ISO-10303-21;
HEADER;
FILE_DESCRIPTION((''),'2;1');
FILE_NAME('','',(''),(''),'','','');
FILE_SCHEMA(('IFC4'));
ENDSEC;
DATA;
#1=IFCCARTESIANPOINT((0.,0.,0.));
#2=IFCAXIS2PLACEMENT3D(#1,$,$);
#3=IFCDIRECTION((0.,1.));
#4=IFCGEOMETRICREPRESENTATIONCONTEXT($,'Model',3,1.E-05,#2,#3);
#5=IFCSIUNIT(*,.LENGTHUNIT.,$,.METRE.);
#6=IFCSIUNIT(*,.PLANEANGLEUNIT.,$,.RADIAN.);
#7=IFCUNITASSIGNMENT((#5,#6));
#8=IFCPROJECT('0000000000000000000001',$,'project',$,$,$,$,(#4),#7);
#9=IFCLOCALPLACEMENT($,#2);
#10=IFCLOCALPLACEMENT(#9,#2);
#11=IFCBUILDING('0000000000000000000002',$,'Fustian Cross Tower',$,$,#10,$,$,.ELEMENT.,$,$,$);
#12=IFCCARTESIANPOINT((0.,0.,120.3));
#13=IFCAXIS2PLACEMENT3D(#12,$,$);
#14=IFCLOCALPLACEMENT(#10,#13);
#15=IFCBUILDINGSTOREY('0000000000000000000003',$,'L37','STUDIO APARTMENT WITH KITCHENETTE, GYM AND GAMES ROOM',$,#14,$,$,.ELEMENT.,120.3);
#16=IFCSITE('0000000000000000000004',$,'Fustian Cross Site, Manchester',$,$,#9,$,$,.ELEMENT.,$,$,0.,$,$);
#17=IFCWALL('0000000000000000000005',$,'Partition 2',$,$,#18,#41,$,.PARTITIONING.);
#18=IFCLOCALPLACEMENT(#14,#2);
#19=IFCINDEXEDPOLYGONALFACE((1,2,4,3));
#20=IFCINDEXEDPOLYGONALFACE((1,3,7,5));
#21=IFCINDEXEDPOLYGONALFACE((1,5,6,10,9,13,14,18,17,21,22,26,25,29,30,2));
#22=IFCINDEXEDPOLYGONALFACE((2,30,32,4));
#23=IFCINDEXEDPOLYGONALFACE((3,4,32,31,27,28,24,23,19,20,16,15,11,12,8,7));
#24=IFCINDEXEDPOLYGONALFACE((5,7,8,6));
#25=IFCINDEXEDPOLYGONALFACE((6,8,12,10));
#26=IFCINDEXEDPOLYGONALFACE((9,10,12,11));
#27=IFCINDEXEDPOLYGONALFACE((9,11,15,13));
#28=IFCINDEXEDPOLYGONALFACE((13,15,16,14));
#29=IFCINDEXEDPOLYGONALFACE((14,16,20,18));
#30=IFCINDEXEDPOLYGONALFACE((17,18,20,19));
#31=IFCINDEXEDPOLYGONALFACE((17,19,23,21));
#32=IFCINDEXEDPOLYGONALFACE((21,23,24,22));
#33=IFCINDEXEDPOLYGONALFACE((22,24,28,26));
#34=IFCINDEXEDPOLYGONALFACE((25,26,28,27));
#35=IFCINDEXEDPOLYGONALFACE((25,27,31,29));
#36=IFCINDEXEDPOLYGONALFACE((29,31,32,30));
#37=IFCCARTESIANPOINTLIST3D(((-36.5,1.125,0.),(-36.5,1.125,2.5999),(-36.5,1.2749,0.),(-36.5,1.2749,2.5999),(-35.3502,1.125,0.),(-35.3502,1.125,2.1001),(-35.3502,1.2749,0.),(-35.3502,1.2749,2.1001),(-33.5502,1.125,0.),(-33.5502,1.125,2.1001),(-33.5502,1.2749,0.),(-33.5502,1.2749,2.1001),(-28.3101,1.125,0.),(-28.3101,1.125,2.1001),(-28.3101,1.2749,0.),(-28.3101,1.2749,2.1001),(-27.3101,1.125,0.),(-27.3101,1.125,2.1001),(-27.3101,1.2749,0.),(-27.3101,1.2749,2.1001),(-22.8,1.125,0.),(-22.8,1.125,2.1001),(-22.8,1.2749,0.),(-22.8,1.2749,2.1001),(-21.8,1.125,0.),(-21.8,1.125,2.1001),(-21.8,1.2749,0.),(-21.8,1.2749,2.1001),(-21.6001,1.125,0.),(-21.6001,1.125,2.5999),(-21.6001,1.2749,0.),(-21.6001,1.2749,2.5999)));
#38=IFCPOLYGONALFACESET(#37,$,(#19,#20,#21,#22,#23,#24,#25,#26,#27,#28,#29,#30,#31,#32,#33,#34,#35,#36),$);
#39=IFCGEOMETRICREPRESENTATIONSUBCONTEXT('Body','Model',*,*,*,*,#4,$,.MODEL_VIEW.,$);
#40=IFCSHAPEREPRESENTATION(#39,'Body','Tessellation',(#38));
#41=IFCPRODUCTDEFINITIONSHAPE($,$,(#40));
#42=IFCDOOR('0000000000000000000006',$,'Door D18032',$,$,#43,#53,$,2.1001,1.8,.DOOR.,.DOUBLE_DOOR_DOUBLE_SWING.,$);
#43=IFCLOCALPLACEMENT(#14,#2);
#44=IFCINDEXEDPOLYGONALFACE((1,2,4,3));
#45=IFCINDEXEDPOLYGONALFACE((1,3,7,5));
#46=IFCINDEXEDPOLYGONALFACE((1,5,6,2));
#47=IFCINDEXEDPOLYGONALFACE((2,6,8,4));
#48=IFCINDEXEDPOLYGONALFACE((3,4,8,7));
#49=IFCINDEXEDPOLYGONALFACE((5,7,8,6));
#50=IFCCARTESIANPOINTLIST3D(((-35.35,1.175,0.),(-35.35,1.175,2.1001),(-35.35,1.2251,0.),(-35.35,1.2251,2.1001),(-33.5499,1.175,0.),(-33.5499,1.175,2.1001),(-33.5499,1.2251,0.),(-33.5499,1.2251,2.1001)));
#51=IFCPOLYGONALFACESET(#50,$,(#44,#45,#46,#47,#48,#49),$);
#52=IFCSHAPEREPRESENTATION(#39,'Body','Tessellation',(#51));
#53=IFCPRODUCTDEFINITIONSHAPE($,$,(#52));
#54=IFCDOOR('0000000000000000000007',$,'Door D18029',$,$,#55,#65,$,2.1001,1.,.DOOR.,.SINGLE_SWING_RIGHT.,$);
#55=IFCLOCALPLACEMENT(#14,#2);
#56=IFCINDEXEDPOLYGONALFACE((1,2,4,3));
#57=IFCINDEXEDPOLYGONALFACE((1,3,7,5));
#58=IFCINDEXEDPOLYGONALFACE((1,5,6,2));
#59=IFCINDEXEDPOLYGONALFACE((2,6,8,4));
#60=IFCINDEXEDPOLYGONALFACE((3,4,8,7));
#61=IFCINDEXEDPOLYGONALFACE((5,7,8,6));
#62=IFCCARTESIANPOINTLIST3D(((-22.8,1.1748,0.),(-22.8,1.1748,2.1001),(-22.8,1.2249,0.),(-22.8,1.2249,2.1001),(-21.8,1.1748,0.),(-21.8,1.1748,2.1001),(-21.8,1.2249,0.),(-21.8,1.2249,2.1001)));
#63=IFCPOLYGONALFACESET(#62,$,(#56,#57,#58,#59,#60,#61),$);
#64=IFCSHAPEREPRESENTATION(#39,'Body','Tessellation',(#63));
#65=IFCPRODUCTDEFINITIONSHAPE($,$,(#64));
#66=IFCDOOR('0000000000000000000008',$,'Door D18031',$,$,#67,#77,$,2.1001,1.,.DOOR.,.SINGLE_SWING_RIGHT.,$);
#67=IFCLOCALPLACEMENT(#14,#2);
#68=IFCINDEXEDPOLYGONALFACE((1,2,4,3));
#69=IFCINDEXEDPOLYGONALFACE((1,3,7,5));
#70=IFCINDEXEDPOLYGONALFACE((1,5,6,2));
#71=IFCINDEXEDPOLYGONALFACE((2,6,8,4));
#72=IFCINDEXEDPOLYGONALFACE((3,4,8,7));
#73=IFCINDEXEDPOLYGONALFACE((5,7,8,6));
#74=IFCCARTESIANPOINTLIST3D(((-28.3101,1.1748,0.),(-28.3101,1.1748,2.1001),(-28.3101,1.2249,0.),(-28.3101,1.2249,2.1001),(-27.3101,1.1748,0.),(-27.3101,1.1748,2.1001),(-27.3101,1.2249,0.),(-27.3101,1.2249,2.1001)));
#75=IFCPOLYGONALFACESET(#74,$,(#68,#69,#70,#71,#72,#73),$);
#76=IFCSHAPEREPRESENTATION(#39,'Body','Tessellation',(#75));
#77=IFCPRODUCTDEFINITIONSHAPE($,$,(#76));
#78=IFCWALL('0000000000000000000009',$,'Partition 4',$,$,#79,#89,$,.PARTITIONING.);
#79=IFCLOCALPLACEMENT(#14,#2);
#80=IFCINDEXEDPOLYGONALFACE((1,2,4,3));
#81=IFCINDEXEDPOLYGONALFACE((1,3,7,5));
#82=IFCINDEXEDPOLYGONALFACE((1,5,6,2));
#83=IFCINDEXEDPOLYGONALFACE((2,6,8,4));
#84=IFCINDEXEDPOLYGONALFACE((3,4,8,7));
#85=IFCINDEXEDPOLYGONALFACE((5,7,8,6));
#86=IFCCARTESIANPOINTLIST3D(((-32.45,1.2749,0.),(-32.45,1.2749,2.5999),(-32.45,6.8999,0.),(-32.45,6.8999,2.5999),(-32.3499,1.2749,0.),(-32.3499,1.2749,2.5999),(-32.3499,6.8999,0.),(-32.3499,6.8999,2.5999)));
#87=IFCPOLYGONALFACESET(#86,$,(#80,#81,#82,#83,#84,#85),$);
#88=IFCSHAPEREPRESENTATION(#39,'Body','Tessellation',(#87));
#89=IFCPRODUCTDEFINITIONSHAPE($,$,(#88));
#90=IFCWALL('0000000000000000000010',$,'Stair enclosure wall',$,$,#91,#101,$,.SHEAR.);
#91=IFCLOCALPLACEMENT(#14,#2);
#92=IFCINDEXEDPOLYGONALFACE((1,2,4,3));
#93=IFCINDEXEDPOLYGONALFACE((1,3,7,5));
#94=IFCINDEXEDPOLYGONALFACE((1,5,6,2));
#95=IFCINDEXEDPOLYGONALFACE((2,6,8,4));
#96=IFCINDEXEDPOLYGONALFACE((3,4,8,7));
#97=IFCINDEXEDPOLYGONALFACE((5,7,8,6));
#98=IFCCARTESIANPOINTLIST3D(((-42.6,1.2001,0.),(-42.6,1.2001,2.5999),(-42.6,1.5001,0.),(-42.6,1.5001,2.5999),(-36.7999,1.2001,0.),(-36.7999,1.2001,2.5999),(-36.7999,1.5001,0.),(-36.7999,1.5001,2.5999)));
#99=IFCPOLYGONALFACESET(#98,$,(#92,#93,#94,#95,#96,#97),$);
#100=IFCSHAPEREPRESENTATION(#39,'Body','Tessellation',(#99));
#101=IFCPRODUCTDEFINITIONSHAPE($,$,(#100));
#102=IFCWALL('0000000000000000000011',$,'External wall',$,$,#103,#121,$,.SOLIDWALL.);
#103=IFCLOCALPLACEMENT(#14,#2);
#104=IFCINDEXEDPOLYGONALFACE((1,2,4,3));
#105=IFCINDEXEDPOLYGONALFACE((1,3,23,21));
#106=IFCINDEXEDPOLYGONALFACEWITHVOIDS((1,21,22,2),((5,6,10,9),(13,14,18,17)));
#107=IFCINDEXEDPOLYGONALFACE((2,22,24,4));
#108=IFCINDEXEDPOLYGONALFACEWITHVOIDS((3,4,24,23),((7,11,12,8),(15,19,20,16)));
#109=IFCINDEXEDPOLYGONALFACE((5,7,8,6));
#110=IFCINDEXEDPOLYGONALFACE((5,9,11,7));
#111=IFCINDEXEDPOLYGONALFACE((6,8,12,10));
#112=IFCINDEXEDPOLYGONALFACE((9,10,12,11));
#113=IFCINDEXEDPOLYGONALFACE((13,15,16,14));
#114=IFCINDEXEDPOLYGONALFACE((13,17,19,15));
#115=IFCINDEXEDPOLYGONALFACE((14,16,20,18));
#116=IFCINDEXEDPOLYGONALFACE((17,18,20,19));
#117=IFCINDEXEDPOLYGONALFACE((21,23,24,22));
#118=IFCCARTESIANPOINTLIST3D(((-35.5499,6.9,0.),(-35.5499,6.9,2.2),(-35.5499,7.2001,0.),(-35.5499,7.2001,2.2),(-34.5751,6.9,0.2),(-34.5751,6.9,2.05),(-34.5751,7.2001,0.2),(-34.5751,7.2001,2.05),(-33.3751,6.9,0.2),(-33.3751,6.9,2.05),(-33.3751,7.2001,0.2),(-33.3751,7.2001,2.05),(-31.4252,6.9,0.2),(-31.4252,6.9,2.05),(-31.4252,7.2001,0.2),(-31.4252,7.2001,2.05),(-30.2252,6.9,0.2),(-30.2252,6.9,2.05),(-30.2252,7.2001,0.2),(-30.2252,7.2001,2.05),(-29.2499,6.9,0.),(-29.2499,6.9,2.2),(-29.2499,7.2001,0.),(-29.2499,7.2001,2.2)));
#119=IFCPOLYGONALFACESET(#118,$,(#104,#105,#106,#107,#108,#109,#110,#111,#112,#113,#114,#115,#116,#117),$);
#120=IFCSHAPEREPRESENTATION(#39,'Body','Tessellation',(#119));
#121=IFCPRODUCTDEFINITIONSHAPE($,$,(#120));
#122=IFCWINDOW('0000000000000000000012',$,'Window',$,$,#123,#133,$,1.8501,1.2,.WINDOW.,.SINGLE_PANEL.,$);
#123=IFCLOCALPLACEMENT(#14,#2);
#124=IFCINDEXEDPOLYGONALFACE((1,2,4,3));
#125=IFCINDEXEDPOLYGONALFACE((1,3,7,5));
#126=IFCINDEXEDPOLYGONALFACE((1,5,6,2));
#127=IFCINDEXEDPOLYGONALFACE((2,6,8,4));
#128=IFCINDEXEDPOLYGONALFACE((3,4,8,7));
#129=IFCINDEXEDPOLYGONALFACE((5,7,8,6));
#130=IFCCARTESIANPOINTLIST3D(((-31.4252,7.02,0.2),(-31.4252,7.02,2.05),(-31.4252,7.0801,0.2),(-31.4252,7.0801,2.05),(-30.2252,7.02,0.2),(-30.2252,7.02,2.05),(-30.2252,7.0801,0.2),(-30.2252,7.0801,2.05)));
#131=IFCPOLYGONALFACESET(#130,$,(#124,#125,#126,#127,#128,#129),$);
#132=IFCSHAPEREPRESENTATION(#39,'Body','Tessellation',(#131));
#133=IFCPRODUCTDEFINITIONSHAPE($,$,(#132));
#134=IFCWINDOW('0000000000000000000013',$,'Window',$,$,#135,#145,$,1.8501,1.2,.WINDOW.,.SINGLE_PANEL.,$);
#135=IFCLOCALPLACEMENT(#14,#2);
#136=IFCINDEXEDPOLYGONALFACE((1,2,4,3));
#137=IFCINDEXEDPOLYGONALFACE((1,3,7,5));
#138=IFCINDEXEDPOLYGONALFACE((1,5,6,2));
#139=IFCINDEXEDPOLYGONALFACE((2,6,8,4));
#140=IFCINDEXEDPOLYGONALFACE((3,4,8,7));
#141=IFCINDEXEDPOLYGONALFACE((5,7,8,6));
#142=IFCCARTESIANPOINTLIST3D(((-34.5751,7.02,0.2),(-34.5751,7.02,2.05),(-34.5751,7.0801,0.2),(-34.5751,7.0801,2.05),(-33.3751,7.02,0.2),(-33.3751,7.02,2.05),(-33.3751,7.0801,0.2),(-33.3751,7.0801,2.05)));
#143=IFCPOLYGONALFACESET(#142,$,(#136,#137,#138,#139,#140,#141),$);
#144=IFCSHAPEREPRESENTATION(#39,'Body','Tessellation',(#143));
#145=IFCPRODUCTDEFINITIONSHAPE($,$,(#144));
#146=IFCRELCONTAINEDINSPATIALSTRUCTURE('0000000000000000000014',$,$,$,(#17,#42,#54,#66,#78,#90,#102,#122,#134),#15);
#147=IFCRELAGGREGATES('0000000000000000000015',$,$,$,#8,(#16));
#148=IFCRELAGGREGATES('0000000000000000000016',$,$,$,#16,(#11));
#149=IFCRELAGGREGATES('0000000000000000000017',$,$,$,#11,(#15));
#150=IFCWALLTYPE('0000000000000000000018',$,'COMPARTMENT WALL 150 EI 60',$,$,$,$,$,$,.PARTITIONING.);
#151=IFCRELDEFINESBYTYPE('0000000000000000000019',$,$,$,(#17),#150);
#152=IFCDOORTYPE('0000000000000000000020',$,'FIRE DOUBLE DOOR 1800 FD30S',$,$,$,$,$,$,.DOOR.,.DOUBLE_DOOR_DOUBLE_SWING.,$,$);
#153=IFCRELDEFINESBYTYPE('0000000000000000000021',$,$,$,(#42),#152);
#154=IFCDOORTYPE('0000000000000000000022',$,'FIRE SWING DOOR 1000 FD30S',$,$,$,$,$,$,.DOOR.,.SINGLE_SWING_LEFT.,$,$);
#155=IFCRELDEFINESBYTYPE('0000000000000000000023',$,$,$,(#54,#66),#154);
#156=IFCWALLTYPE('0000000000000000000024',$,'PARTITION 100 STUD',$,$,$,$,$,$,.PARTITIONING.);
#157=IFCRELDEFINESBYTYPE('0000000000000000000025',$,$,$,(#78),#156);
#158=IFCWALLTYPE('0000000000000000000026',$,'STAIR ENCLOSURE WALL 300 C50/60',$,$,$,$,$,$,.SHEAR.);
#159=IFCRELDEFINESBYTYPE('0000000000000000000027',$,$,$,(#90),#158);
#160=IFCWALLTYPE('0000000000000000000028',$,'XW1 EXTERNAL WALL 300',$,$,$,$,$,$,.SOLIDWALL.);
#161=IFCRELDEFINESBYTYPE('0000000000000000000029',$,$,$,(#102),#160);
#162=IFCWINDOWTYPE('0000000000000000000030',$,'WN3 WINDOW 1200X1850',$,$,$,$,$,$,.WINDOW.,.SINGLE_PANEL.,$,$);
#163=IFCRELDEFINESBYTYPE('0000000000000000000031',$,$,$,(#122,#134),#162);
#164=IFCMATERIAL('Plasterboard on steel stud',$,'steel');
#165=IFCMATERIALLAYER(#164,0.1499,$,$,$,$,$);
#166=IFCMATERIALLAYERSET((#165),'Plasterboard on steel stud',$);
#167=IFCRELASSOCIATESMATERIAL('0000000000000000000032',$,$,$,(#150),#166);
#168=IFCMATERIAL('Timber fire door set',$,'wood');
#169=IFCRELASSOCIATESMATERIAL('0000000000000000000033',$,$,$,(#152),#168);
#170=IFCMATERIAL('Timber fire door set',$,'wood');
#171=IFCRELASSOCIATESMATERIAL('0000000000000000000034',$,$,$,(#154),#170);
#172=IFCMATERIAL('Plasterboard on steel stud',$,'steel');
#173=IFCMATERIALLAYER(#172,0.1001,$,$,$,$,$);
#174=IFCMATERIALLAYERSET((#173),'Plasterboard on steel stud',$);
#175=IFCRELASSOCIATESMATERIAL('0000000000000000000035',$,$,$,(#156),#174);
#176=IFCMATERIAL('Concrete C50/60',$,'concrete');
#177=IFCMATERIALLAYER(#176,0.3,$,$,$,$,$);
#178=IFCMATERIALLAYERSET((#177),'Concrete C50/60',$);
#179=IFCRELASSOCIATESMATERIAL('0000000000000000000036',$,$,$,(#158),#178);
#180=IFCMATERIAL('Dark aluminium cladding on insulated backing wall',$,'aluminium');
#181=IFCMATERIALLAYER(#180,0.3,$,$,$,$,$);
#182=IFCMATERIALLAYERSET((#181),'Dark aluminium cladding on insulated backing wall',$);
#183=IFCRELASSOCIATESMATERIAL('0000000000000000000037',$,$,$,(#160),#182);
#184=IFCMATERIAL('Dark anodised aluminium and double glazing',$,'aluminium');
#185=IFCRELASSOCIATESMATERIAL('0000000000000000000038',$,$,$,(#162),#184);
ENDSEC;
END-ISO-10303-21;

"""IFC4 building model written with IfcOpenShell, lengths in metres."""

from ifc_helpers import new_model, si_unit, direction, frame, frame_2d, origin, place, context, subcontext, project, spatial, rectangle, extrude, material, layer, layer_set, type_object, element, fill, save


model = new_model("IFC4")

# Units and contexts
model_context = context("Model", 3, precision=1e-05, world=origin(), true_north=direction((0.0, 1.0)))
body_context = subcontext(model_context, "Body", "Model", "MODEL_VIEW")
ifc_project = project(units=[si_unit("LENGTHUNIT", "METRE"), si_unit("PLANEANGLEUNIT", "RADIAN")], contexts=[model_context])

# Site, building, storey
site_placement = place(None, origin())
site = spatial("IfcSite", under=ifc_project, at=site_placement, Name="Fustian Cross Site, Manchester", CompositionType="ELEMENT", RefElevation=0.0)
building_placement = place(site_placement, origin())
building = spatial("IfcBuilding", under=site, at=building_placement, Name="Fustian Cross Tower", CompositionType="ELEMENT")
storey_placement = place(building_placement, frame((0.0, 0.0, 120.3)))
storey = spatial("IfcBuildingStorey", under=building, at=storey_placement, Name="L37", Description="STUDIO APARTMENT WITH KITCHENETTE, GYM AND GAMES ROOM", CompositionType="ELEMENT", Elevation=120.3)

# Wall, openings, doors
ifc_material_1 = material(Name="Plasterboard on steel stud", Category="steel")
ifc_layer_1 = layer(ifc_material_1, 0.1499)
ifc_layer_set_1 = layer_set([ifc_layer_1], Name="Plasterboard on steel stud")
wall_type_1 = type_object("IfcWallType", Name="COMPARTMENT WALL 150 EI 60", PredefinedType="PARTITIONING", material=ifc_layer_set_1)
ifc_material_2 = material(Name="Timber fire door set", Category="wood")
door_type_1 = type_object("IfcDoorType", Name="FIRE DOUBLE DOOR 1800 FD30S", OperationType="DOUBLE_DOOR_DOUBLE_SWING", PredefinedType="DOOR", material=ifc_material_2)
ifc_material_3 = material(Name="Timber fire door set", Category="wood")
door_type_2 = type_object("IfcDoorType", Name="FIRE SWING DOOR 1000 FD30S", OperationType="SINGLE_SWING_LEFT", PredefinedType="DOOR", material=ifc_material_3)
wall_1_placement = place(storey_placement, frame((-36.5, 1.2, 0.0), z_axis=(0.0, 0.0, 1.0), x_axis=(1.0, 0.0, 0.0)))
wall_1 = element("IfcWall", 1, at=wall_1_placement, inside=storey, type_object=wall_type_1, Name="Partition 2", PredefinedType="PARTITIONING", context=body_context, shape_type="SweptSolid", body=[
    extrude(rectangle(XDim=14.8999, YDim=0.1499, at=frame_2d((7.45, 0.0))), origin(), (0.0, 0.0, 1.0), 2.5999),
])
opening_1_placement = place(wall_1_placement, frame((13.7, 0.0, 0.0)))
opening_1 = element("IfcOpeningElement", 2, at=opening_1_placement, cuts=wall_1, PredefinedType="OPENING", context=body_context, shape_type="SweptSolid", body=[
    extrude(rectangle(XDim=1.0, YDim=2.1001, at=frame_2d((0.5, 1.05))), frame((0.0, 0.085, 0.0), z_axis=(0.0, -1.0, 0.0), x_axis=(1.0, 0.0, 0.0)), (0.0, 0.0, 1.0), 0.1699),
])
opening_2_placement = place(wall_1_placement, frame((8.1899, 0.0, 0.0)))
opening_2 = element("IfcOpeningElement", 3, at=opening_2_placement, cuts=wall_1, PredefinedType="OPENING", context=body_context, shape_type="SweptSolid", body=[
    extrude(rectangle(XDim=1.0, YDim=2.1001, at=frame_2d((0.5, 1.05))), frame((0.0, 0.085, 0.0), z_axis=(0.0, -1.0, 0.0), x_axis=(1.0, 0.0, 0.0)), (0.0, 0.0, 1.0), 0.1699),
])
opening_3_placement = place(wall_1_placement, frame((1.1499, 0.0, 0.0)))
opening_3 = element("IfcOpeningElement", 4, at=opening_3_placement, cuts=wall_1, PredefinedType="OPENING", context=body_context, shape_type="SweptSolid", body=[
    extrude(rectangle(XDim=1.8, YDim=2.1001, at=frame_2d((0.8999, 1.05))), frame((0.0, 0.085, 0.0), z_axis=(0.0, -1.0, 0.0), x_axis=(1.0, 0.0, 0.0)), (0.0, 0.0, 1.0), 0.1699),
])
door_1_placement = place(opening_3_placement, frame((1.8, 0.0, 0.0), z_axis=(0.0, 0.0, 1.0), x_axis=(-1.0, 0.0, 0.0)))
door_1 = element("IfcDoor", 5, at=door_1_placement, inside=storey, type_object=door_type_1, Name="Door D18032", OperationType="DOUBLE_DOOR_DOUBLE_SWING", OverallHeight=2.1001, OverallWidth=1.8, PredefinedType="DOOR", context=body_context, shape_type="SweptSolid", body=[
    extrude(rectangle(XDim=1.8, YDim=2.1001, at=frame_2d((0.8999, 1.05))), frame((0.0, 0.0249, 0.0), z_axis=(0.0, -1.0, 0.0), x_axis=(1.0, 0.0, 0.0)), (0.0, 0.0, 1.0), 0.05),
])
fill(opening_3, door_1)
door_2_placement = place(opening_1_placement, origin())
door_2 = element("IfcDoor", 6, at=door_2_placement, inside=storey, type_object=door_type_2, Name="Door D18029", OperationType="SINGLE_SWING_RIGHT", OverallHeight=2.1001, OverallWidth=1.0, PredefinedType="DOOR", context=body_context, shape_type="SweptSolid", body=[
    extrude(rectangle(XDim=1.0, YDim=2.1001, at=frame_2d((0.5, 1.05))), frame((0.0, 0.0249, 0.0), z_axis=(0.0, -1.0, 0.0), x_axis=(1.0, 0.0, 0.0)), (0.0, 0.0, 1.0), 0.05),
])
fill(opening_1, door_2)
door_3_placement = place(opening_2_placement, origin())
door_3 = element("IfcDoor", 7, at=door_3_placement, inside=storey, type_object=door_type_2, Name="Door D18031", OperationType="SINGLE_SWING_RIGHT", OverallHeight=2.1001, OverallWidth=1.0, PredefinedType="DOOR", context=body_context, shape_type="SweptSolid", body=[
    extrude(rectangle(XDim=1.0, YDim=2.1001, at=frame_2d((0.5, 1.05))), frame((0.0, 0.0249, 0.0), z_axis=(0.0, -1.0, 0.0), x_axis=(1.0, 0.0, 0.0)), (0.0, 0.0, 1.0), 0.05),
])
fill(opening_2, door_3)

# Walls
ifc_material_4 = material(Name="Plasterboard on steel stud", Category="steel")
ifc_layer_2 = layer(ifc_material_4, 0.1001)
ifc_layer_set_2 = layer_set([ifc_layer_2], Name="Plasterboard on steel stud")
wall_type_2 = type_object("IfcWallType", Name="PARTITION 100 STUD", PredefinedType="PARTITIONING", material=ifc_layer_set_2)
wall_2_placement = place(storey_placement, frame((-32.3999, 1.2749, 0.0), z_axis=(0.0, 0.0, 1.0), x_axis=(0.0, 1.0, 0.0)))
element("IfcWall", 8, at=wall_2_placement, inside=storey, type_object=wall_type_2, Name="Partition 4", PredefinedType="PARTITIONING", context=body_context, shape_type="SweptSolid", body=[
    extrude(rectangle(XDim=5.625, YDim=0.1001, at=frame_2d((2.8125, 0.0))), origin(), (0.0, 0.0, 1.0), 2.5999),
])
ifc_material_5 = material(Name="Concrete C50/60", Category="concrete")
ifc_layer_3 = layer(ifc_material_5, 0.3)
ifc_layer_set_3 = layer_set([ifc_layer_3], Name="Concrete C50/60")
wall_type_3 = type_object("IfcWallType", Name="STAIR ENCLOSURE WALL 300 C50/60", PredefinedType="SHEAR", material=ifc_layer_set_3)
wall_3_placement = place(storey_placement, frame((-36.8, 1.3501, 0.0), z_axis=(0.0, 0.0, 1.0), x_axis=(-1.0, 0.0, 0.0)))
element("IfcWall", 9, at=wall_3_placement, inside=storey, type_object=wall_type_3, Name="Stair enclosure wall", PredefinedType="SHEAR", context=body_context, shape_type="SweptSolid", body=[
    extrude(rectangle(XDim=5.8, YDim=0.3, at=frame_2d((2.8999, 0.0))), origin(), (0.0, 0.0, 1.0), 2.5999),
])

# Wall, openings, windows
ifc_material_6 = material(Name="Dark aluminium cladding on insulated backing wall", Category="aluminium")
ifc_layer_4 = layer(ifc_material_6, 0.3)
ifc_layer_set_4 = layer_set([ifc_layer_4], Name="Dark aluminium cladding on insulated backing wall")
wall_type_4 = type_object("IfcWallType", Name="XW1 EXTERNAL WALL 300", PredefinedType="SOLIDWALL", material=ifc_layer_set_4)
wall_4_placement = place(storey_placement, frame((-29.25, 7.05, 0.0), z_axis=(0.0, 0.0, 1.0), x_axis=(-1.0, 0.0, 0.0)))
wall_4 = element("IfcWall", 10, at=wall_4_placement, inside=storey, type_object=wall_type_4, Name="External wall", PredefinedType="SOLIDWALL", context=body_context, shape_type="SweptSolid", body=[
    extrude(rectangle(XDim=6.3, YDim=0.3, at=frame_2d((3.1499, 0.0))), origin(), (0.0, 0.0, 1.0), 2.2),
])
opening_4_placement = place(wall_4_placement, frame((0.9751, 0.0, 0.2)))
opening_4 = element("IfcOpeningElement", 11, at=opening_4_placement, cuts=wall_4, PredefinedType="OPENING", context=body_context, shape_type="SweptSolid", body=[
    extrude(rectangle(XDim=1.2, YDim=1.8501, at=frame_2d((0.6001, 0.925))), frame((0.0, 0.1599, 0.0), z_axis=(0.0, -1.0, 0.0), x_axis=(1.0, 0.0, 0.0)), (0.0, 0.0, 1.0), 0.3201),
])
opening_5_placement = place(wall_4_placement, frame((4.125, 0.0, 0.2)))
opening_5 = element("IfcOpeningElement", 12, at=opening_5_placement, cuts=wall_4, PredefinedType="OPENING", context=body_context, shape_type="SweptSolid", body=[
    extrude(rectangle(XDim=1.2, YDim=1.8501, at=frame_2d((0.6001, 0.925))), frame((0.0, 0.1599, 0.0), z_axis=(0.0, -1.0, 0.0), x_axis=(1.0, 0.0, 0.0)), (0.0, 0.0, 1.0), 0.3201),
])
ifc_material_7 = material(Name="Dark anodised aluminium and double glazing", Category="aluminium")
window_type = type_object("IfcWindowType", Name="WN3 WINDOW 1200X1850", PartitioningType="SINGLE_PANEL", PredefinedType="WINDOW", material=ifc_material_7)
window_1_placement = place(opening_4_placement, origin())
window_1 = element("IfcWindow", 13, at=window_1_placement, inside=storey, type_object=window_type, Name="Window", OverallHeight=1.8501, OverallWidth=1.2, PartitioningType="SINGLE_PANEL", PredefinedType="WINDOW", context=body_context, shape_type="SweptSolid", body=[
    extrude(rectangle(XDim=1.2, YDim=1.8501, at=frame_2d((0.6001, 0.925))), frame((0.0, 0.03, 0.0), z_axis=(0.0, -1.0, 0.0), x_axis=(1.0, 0.0, 0.0)), (0.0, 0.0, 1.0), 0.0601),
])
fill(opening_4, window_1)
window_2_placement = place(opening_5_placement, origin())
window_2 = element("IfcWindow", 14, at=window_2_placement, inside=storey, type_object=window_type, Name="Window", OverallHeight=1.8501, OverallWidth=1.2, PartitioningType="SINGLE_PANEL", PredefinedType="WINDOW", context=body_context, shape_type="SweptSolid", body=[
    extrude(rectangle(XDim=1.2, YDim=1.8501, at=frame_2d((0.6001, 0.925))), frame((0.0, 0.03, 0.0), z_axis=(0.0, -1.0, 0.0), x_axis=(1.0, 0.0, 0.0)), (0.0, 0.0, 1.0), 0.0601),
])
fill(opening_5, window_2)

save(model, "model.ifc")
